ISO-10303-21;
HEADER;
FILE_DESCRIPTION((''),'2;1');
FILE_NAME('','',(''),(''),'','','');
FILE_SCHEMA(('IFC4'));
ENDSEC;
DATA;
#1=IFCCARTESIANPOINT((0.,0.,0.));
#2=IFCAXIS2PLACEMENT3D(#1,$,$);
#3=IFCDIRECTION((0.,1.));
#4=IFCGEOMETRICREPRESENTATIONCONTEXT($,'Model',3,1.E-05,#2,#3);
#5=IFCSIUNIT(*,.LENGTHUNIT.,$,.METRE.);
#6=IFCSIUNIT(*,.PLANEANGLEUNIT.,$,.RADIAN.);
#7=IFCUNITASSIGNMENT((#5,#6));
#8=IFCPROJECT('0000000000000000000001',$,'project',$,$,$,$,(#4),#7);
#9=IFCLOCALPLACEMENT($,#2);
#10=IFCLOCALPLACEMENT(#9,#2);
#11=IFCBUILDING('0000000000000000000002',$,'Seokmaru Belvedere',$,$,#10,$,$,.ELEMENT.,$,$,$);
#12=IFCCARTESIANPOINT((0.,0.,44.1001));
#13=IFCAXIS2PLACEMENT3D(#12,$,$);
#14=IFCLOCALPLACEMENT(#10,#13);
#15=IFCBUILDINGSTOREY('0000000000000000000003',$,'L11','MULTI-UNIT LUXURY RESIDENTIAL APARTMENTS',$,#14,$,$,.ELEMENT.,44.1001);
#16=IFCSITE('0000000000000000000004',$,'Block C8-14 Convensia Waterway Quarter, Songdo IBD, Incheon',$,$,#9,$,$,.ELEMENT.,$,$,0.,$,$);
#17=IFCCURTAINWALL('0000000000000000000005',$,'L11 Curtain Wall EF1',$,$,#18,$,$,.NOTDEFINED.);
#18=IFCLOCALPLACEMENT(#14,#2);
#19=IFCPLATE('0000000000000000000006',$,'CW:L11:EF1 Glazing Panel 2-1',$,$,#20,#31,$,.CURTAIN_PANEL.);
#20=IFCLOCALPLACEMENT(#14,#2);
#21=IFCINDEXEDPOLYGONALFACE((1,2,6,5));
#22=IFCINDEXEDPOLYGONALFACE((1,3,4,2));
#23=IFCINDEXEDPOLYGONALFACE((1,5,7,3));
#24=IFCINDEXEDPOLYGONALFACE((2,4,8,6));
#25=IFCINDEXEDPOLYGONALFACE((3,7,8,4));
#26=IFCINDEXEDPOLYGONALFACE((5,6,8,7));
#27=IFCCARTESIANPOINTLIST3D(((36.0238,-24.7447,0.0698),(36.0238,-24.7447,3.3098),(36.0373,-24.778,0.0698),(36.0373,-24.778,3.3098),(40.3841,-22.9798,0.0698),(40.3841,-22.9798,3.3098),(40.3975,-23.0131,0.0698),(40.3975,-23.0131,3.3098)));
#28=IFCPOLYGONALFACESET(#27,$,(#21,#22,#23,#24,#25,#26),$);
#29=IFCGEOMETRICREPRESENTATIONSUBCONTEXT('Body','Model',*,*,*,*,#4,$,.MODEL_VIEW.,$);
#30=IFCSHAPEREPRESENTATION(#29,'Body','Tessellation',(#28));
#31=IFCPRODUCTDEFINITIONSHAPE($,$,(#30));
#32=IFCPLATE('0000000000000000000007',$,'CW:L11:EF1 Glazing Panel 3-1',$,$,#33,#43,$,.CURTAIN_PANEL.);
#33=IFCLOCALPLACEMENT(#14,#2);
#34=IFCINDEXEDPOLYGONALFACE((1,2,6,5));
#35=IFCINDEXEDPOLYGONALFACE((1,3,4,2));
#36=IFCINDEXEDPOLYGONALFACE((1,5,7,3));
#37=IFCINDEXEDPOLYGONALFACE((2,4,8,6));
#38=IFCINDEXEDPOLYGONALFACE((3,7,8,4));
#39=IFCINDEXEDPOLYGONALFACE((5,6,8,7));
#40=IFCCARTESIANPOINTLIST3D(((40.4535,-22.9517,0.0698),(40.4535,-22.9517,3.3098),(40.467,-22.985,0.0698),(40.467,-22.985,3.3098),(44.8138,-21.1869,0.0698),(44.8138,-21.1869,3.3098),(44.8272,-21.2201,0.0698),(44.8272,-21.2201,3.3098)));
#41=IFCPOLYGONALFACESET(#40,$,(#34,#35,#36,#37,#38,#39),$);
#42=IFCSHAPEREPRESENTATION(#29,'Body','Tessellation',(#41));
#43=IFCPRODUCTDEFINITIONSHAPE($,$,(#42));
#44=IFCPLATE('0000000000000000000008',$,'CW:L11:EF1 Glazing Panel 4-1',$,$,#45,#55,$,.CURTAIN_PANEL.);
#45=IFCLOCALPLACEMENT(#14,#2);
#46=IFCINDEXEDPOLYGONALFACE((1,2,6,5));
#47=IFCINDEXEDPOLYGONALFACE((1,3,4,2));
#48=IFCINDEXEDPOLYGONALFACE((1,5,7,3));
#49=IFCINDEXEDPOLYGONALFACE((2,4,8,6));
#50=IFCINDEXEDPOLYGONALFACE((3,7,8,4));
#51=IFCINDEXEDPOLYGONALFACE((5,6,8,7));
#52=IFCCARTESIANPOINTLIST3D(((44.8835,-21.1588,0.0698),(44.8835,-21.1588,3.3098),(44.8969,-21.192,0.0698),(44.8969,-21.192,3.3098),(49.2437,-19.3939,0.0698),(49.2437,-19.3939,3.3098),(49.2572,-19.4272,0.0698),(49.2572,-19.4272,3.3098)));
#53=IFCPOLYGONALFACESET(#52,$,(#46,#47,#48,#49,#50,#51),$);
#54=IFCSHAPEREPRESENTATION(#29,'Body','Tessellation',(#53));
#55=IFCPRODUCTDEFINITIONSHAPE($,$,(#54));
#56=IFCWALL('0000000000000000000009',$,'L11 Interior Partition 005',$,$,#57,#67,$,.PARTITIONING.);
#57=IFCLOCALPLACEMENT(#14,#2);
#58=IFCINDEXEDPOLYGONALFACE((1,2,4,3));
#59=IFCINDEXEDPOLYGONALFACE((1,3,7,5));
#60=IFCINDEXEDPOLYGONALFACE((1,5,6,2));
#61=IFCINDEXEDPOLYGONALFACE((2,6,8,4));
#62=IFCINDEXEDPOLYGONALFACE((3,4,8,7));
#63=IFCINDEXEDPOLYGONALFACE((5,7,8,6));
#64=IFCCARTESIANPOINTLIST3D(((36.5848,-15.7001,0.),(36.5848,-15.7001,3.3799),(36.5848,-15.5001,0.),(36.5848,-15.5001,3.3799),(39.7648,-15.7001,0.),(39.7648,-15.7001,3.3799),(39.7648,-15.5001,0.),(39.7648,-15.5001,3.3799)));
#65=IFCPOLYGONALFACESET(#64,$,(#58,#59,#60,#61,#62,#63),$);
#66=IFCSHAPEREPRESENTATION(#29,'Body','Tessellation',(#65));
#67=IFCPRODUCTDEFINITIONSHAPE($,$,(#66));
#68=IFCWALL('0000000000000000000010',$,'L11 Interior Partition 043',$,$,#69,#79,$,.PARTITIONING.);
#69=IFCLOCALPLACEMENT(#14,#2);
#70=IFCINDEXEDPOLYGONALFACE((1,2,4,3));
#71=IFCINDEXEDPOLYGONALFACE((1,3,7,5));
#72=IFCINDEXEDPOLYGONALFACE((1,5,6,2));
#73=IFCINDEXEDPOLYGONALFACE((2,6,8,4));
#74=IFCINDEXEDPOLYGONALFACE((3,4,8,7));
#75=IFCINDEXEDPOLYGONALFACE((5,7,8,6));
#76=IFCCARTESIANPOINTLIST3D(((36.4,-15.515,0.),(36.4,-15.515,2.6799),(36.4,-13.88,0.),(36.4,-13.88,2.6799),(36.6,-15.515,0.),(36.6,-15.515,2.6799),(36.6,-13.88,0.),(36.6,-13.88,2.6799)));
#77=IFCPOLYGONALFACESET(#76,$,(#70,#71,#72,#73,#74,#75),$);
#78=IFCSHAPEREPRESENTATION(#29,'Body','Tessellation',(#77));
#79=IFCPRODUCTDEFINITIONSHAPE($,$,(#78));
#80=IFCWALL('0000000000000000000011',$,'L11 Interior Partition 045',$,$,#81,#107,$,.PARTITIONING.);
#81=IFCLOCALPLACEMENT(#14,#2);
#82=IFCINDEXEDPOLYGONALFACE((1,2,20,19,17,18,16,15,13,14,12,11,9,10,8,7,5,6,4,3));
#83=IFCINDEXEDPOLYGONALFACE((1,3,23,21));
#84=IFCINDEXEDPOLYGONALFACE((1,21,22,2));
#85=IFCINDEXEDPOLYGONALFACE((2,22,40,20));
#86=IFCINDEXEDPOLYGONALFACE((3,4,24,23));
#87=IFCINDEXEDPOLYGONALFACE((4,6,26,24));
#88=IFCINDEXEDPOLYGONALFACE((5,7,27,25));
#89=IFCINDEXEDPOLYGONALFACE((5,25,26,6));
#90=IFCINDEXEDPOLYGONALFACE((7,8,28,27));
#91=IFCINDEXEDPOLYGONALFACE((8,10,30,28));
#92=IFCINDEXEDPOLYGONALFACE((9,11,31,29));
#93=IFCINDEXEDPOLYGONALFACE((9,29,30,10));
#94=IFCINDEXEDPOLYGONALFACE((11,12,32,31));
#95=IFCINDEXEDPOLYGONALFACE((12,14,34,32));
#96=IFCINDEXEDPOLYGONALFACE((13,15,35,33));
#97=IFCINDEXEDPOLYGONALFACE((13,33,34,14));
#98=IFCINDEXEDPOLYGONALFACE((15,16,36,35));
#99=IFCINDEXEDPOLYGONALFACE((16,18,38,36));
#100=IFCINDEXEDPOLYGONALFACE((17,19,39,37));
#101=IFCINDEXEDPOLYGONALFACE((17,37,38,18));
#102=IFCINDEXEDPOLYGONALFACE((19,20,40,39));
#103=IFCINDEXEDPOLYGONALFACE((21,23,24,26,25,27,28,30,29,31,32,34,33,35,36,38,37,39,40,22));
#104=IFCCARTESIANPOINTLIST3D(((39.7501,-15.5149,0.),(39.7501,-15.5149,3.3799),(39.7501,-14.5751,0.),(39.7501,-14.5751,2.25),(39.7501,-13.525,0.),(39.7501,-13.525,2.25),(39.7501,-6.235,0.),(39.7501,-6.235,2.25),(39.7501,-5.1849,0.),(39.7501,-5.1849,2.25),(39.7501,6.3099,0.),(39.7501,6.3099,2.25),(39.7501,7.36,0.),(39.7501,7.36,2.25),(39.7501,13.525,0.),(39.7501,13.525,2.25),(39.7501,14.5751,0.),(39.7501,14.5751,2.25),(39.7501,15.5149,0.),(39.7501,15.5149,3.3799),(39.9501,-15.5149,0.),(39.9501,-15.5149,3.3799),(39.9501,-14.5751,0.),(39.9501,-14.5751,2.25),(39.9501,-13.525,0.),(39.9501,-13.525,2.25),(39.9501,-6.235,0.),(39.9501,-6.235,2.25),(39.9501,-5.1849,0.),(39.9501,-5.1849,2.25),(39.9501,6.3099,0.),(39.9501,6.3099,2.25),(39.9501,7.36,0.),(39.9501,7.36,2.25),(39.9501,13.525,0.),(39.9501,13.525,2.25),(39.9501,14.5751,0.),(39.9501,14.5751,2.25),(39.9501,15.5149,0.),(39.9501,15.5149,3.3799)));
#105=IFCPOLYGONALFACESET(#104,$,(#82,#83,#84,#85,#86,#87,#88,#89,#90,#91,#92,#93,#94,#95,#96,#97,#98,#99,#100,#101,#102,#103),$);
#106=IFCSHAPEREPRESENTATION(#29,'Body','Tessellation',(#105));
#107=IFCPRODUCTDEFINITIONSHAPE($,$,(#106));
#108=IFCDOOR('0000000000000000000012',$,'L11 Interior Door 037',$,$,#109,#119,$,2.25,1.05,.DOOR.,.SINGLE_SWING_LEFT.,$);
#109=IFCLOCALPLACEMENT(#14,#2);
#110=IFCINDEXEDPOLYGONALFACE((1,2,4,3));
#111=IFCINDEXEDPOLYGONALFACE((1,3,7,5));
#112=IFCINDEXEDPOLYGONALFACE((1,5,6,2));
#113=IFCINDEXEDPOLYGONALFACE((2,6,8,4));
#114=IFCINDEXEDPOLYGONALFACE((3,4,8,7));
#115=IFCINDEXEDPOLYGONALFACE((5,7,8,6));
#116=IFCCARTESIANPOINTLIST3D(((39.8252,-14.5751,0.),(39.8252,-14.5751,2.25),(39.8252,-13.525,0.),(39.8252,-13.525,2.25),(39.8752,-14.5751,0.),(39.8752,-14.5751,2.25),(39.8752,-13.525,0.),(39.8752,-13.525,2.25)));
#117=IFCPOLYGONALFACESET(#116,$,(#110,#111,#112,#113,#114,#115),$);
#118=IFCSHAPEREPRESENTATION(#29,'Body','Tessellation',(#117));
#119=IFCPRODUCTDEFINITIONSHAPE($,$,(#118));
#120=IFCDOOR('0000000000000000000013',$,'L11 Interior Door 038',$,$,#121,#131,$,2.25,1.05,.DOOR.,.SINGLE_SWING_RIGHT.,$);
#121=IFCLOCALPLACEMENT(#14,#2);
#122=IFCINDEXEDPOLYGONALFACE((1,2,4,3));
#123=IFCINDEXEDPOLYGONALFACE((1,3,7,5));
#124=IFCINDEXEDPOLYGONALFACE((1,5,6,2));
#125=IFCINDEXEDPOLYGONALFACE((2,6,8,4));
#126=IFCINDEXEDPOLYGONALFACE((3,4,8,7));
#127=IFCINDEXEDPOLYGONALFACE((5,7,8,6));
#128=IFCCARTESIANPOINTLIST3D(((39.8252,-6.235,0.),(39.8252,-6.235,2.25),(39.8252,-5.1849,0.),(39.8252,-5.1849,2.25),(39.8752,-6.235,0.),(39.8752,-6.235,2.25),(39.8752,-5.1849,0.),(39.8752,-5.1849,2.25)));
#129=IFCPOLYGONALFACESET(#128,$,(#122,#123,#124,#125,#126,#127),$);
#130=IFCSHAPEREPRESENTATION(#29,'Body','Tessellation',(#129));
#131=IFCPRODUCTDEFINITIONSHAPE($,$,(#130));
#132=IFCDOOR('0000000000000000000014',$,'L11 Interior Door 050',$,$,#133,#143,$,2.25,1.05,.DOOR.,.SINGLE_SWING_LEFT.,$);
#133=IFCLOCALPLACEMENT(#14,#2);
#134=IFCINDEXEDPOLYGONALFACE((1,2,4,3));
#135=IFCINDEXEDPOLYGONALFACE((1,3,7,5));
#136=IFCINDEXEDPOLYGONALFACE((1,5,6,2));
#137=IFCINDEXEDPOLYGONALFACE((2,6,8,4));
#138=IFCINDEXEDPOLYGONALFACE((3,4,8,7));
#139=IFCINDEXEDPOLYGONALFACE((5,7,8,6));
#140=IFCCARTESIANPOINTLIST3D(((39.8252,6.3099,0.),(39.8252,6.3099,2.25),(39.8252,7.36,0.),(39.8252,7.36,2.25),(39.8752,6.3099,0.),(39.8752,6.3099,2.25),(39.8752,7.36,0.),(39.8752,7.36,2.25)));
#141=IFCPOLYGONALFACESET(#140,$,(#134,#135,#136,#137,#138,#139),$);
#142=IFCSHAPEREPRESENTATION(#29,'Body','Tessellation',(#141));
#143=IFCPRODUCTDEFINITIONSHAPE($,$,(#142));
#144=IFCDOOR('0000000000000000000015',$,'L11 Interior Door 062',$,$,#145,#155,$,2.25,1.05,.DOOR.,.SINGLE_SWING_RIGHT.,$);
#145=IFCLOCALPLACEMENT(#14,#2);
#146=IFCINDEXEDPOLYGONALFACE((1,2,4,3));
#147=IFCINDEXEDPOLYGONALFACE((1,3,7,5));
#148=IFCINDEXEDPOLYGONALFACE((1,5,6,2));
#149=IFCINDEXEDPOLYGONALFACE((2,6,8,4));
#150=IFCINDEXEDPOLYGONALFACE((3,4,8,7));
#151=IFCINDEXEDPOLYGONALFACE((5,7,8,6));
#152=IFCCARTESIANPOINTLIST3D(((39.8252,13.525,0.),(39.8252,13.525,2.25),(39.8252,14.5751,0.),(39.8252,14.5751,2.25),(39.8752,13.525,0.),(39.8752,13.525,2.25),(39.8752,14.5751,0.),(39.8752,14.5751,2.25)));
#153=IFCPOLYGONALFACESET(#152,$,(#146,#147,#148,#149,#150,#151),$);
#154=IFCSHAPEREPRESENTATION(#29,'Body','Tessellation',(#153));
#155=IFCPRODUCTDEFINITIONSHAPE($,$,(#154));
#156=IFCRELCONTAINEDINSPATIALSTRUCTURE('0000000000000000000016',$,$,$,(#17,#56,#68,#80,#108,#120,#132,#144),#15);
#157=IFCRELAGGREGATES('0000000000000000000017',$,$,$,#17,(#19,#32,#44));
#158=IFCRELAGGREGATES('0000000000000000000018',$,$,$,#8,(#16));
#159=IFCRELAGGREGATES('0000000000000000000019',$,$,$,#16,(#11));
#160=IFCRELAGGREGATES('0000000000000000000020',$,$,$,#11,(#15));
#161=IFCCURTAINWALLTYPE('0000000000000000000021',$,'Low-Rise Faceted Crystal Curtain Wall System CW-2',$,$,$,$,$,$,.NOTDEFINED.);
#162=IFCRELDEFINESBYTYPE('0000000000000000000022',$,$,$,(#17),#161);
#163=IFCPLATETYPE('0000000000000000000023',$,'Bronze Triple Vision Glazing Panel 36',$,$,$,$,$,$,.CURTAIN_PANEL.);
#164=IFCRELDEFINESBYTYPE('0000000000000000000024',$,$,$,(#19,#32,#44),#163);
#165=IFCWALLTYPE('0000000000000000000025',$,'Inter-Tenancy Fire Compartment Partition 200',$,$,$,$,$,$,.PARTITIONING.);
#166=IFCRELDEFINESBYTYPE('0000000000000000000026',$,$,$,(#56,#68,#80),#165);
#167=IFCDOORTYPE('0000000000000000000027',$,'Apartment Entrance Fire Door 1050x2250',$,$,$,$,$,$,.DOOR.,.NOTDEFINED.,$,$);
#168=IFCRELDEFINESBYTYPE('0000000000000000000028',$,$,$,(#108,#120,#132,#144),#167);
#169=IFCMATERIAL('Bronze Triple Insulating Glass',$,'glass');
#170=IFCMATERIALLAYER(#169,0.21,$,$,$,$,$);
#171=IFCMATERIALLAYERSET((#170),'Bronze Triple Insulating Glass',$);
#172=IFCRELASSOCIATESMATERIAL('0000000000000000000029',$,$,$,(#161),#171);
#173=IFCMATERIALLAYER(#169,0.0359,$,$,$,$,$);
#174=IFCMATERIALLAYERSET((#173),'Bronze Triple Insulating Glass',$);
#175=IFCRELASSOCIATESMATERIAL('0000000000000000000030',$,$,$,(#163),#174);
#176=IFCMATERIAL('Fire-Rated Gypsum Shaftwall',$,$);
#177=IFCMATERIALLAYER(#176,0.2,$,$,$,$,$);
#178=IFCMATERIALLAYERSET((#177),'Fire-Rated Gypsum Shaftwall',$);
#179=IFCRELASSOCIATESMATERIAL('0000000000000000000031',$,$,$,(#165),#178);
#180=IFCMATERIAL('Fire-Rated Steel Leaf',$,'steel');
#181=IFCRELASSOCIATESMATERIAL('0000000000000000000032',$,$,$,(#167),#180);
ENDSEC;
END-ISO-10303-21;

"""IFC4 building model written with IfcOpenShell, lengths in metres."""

from ifc_helpers import new_model, si_unit, direction, frame, frame_2d, origin, origin_2d, place, context, subcontext, project, spatial, rectangle, extrude, source, transform, mapped, material, layer, layer_set, type_object, type_shapes, element, fill, aggregate, save


model = new_model("IFC4")

# Units and contexts
model_context = context("Model", 3, precision=1e-05, world=origin(), true_north=direction((0.0, 1.0)))
body_context = subcontext(model_context, "Body", "Model", "MODEL_VIEW")
ifc_project = project(units=[si_unit("LENGTHUNIT", "METRE"), si_unit("PLANEANGLEUNIT", "RADIAN")], contexts=[model_context])

# Site, building, storey
site_placement = place(None, origin())
site = spatial("IfcSite", under=ifc_project, at=site_placement, Name="Block C8-14 Convensia Waterway Quarter, Songdo IBD, Incheon", CompositionType="ELEMENT", RefElevation=0.0)
building_placement = place(site_placement, origin())
building = spatial("IfcBuilding", under=site, at=building_placement, Name="Seokmaru Belvedere", CompositionType="ELEMENT")
storey_placement = place(building_placement, frame((0.0, 0.0, 44.1001)))
storey = spatial("IfcBuildingStorey", under=building, at=storey_placement, Name="L11", Description="MULTI-UNIT LUXURY RESIDENTIAL APARTMENTS", CompositionType="ELEMENT", Elevation=44.1001)

# Curtain wall, plates
ifc_material_1 = material(Name="Bronze Triple Insulating Glass", Category="glass")
ifc_layer_1 = layer(ifc_material_1, 0.21)
ifc_layer_set_1 = layer_set([ifc_layer_1], Name="Bronze Triple Insulating Glass")
curtain_wall_type = type_object("IfcCurtainWallType", Name="Low-Rise Faceted Crystal Curtain Wall System CW-2", PredefinedType="NOTDEFINED", material=ifc_layer_set_1)
curtain_wall_placement = place(storey_placement, origin())
curtain_wall = element("IfcCurtainWall", 1, at=curtain_wall_placement, inside=storey, type_object=curtain_wall_type, Name="L11 Curtain Wall EF1", PredefinedType="NOTDEFINED")
ifc_layer_2 = layer(ifc_material_1, 0.0359)
ifc_layer_set_2 = layer_set([ifc_layer_2], Name="Bronze Triple Insulating Glass")
plate_type = type_object("IfcPlateType", Name="Bronze Triple Vision Glazing Panel 36", PredefinedType="CURTAIN_PANEL", material=ifc_layer_set_2)
shared_shape_1 = source(origin(), body_context, "Body", "SweptSolid", [
    extrude(rectangle(XDim=4.7039, YDim=0.0359, at=origin_2d()), origin(), (0.0, 0.0, 1.0), 3.24),
])
type_shapes(plate_type, [shared_shape_1])
plate_1_placement = place(storey_placement, frame((38.2107, -23.8789, 0.0698), z_axis=(0.0, 0.0, 1.0), x_axis=(0.926947, 0.375192, 0.0)))
plate_1 = element("IfcPlate", 2, at=plate_1_placement, type_object=plate_type, Name="CW:L11:EF1 Glazing Panel 2-1", PredefinedType="CURTAIN_PANEL", context=body_context, shape_type="MappedRepresentation", body=[
    mapped(shared_shape_1, transform((0.0, 0.0, 0.0), scale=1.0)),
])
plate_2_placement = place(storey_placement, frame((42.6404, -22.0859, 0.0698), z_axis=(0.0, 0.0, 1.0), x_axis=(0.926947, 0.375192, 0.0)))
plate_2 = element("IfcPlate", 3, at=plate_2_placement, type_object=plate_type, Name="CW:L11:EF1 Glazing Panel 3-1", PredefinedType="CURTAIN_PANEL", context=body_context, shape_type="MappedRepresentation", body=[
    mapped(shared_shape_1, transform((0.0, 0.0, 0.0), scale=1.0)),
])
plate_3_placement = place(storey_placement, frame((47.0703, -20.293, 0.0698), z_axis=(0.0, 0.0, 1.0), x_axis=(0.926947, 0.375192, 0.0)))
plate_3 = element("IfcPlate", 4, at=plate_3_placement, type_object=plate_type, Name="CW:L11:EF1 Glazing Panel 4-1", PredefinedType="CURTAIN_PANEL", context=body_context, shape_type="MappedRepresentation", body=[
    mapped(shared_shape_1, transform((0.0, 0.0, 0.0), scale=1.0)),
])
aggregate(curtain_wall, [plate_1, plate_2, plate_3])

# Walls
ifc_material_2 = material(Name="Fire-Rated Gypsum Shaftwall")
ifc_layer_3 = layer(ifc_material_2, 0.2)
ifc_layer_set_3 = layer_set([ifc_layer_3], Name="Fire-Rated Gypsum Shaftwall")
wall_type = type_object("IfcWallType", Name="Inter-Tenancy Fire Compartment Partition 200", PredefinedType="PARTITIONING", material=ifc_layer_set_3)
wall_1_placement = place(storey_placement, frame((36.585, -15.6001, 0.0), z_axis=(0.0, 0.0, 1.0), x_axis=(1.0, 0.0, 0.0)))
element("IfcWall", 5, at=wall_1_placement, inside=storey, type_object=wall_type, Name="L11 Interior Partition 005", PredefinedType="PARTITIONING", context=body_context, shape_type="SweptSolid", body=[
    extrude(rectangle(XDim=3.1799, YDim=0.2, at=frame_2d((1.5898, 0.0))), origin(), (0.0, 0.0, 1.0), 3.3799),
])
wall_2_placement = place(storey_placement, frame((36.5, -15.5149, 0.0), z_axis=(0.0, 0.0, 1.0), x_axis=(0.0, 1.0, 0.0)))
element("IfcWall", 6, at=wall_2_placement, inside=storey, type_object=wall_type, Name="L11 Interior Partition 043", PredefinedType="PARTITIONING", context=body_context, shape_type="SweptSolid", body=[
    extrude(rectangle(XDim=1.635, YDim=0.2, at=frame_2d((0.8174, 0.0))), origin(), (0.0, 0.0, 1.0), 2.6799),
])

# Wall, openings, doors
wall_3_placement = place(storey_placement, frame((39.8501, -15.5149, 0.0), z_axis=(0.0, 0.0, 1.0), x_axis=(0.0, 1.0, 0.0)))
wall_3 = element("IfcWall", 7, at=wall_3_placement, inside=storey, type_object=wall_type, Name="L11 Interior Partition 045", PredefinedType="PARTITIONING", context=body_context, shape_type="SweptSolid", body=[
    extrude(rectangle(XDim=31.0298, YDim=0.2, at=frame_2d((15.5149, 0.0))), origin(), (0.0, 0.0, 1.0), 3.3799),
])
opening_1_placement = place(wall_3_placement, frame((0.9399, 0.0, 0.0)))
opening_1 = element("IfcOpeningElement", 8, at=opening_1_placement, cuts=wall_3, PredefinedType="OPENING", context=body_context, shape_type="SweptSolid", body=[
    extrude(rectangle(XDim=1.05, YDim=2.25, at=frame_2d((0.5249, 1.125))), frame((0.0, 0.1099, 0.0), z_axis=(0.0, -1.0, 0.0), x_axis=(1.0, 0.0, 0.0)), (0.0, 0.0, 1.0), 0.22),
])
opening_2_placement = place(wall_3_placement, frame((9.28, 0.0, 0.0)))
opening_2 = element("IfcOpeningElement", 9, at=opening_2_placement, cuts=wall_3, PredefinedType="OPENING", context=body_context, shape_type="SweptSolid", body=[
    extrude(rectangle(XDim=1.05, YDim=2.25, at=frame_2d((0.5249, 1.125))), frame((0.0, 0.1099, 0.0), z_axis=(0.0, -1.0, 0.0), x_axis=(1.0, 0.0, 0.0)), (0.0, 0.0, 1.0), 0.22),
])
opening_3_placement = place(wall_3_placement, frame((21.825, 0.0, 0.0)))
opening_3 = element("IfcOpeningElement", 10, at=opening_3_placement, cuts=wall_3, PredefinedType="OPENING", context=body_context, shape_type="SweptSolid", body=[
    extrude(rectangle(XDim=1.05, YDim=2.25, at=frame_2d((0.5249, 1.125))), frame((0.0, 0.1099, 0.0), z_axis=(0.0, -1.0, 0.0), x_axis=(1.0, 0.0, 0.0)), (0.0, 0.0, 1.0), 0.22),
])
opening_4_placement = place(wall_3_placement, frame((29.04, 0.0, 0.0)))
opening_4 = element("IfcOpeningElement", 11, at=opening_4_placement, cuts=wall_3, PredefinedType="OPENING", context=body_context, shape_type="SweptSolid", body=[
    extrude(rectangle(XDim=1.05, YDim=2.25, at=frame_2d((0.5249, 1.125))), frame((0.0, 0.1099, 0.0), z_axis=(0.0, -1.0, 0.0), x_axis=(1.0, 0.0, 0.0)), (0.0, 0.0, 1.0), 0.22),
])
ifc_material_3 = material(Name="Fire-Rated Steel Leaf", Category="steel")
door_type = type_object("IfcDoorType", Name="Apartment Entrance Fire Door 1050x2250", OperationType="NOTDEFINED", PredefinedType="DOOR", material=ifc_material_3)
shared_shape_2 = source(origin(), body_context, "Body", "SweptSolid", [
    extrude(rectangle(XDim=1.05, YDim=2.25, at=frame_2d((0.5249, 1.125))), frame((0.0, 0.0249, 0.0), z_axis=(0.0, -1.0, 0.0), x_axis=(1.0, 0.0, 0.0)), (0.0, 0.0, 1.0), 0.05),
])
type_shapes(door_type, [shared_shape_2])
door_1_placement = place(opening_1_placement, origin())
door_1 = element("IfcDoor", 12, at=door_1_placement, inside=storey, type_object=door_type, Name="L11 Interior Door 037", OperationType="SINGLE_SWING_LEFT", OverallHeight=2.25, OverallWidth=1.05, PredefinedType="DOOR", context=body_context, shape_type="MappedRepresentation", body=[
    mapped(shared_shape_2, transform((0.0, 0.0, 0.0), scale=1.0)),
])
fill(opening_1, door_1)
door_2_placement = place(opening_2_placement, origin())
door_2 = element("IfcDoor", 13, at=door_2_placement, inside=storey, type_object=door_type, Name="L11 Interior Door 038", OperationType="SINGLE_SWING_RIGHT", OverallHeight=2.25, OverallWidth=1.05, PredefinedType="DOOR", context=body_context, shape_type="MappedRepresentation", body=[
    mapped(shared_shape_2, transform((0.0, 0.0, 0.0), scale=1.0)),
])
fill(opening_2, door_2)
door_3_placement = place(opening_3_placement, origin())
door_3 = element("IfcDoor", 14, at=door_3_placement, inside=storey, type_object=door_type, Name="L11 Interior Door 050", OperationType="SINGLE_SWING_LEFT", OverallHeight=2.25, OverallWidth=1.05, PredefinedType="DOOR", context=body_context, shape_type="MappedRepresentation", body=[
    mapped(shared_shape_2, transform((0.0, 0.0, 0.0), scale=1.0)),
])
fill(opening_3, door_3)
door_4_placement = place(opening_4_placement, origin())
door_4 = element("IfcDoor", 15, at=door_4_placement, inside=storey, type_object=door_type, Name="L11 Interior Door 062", OperationType="SINGLE_SWING_RIGHT", OverallHeight=2.25, OverallWidth=1.05, PredefinedType="DOOR", context=body_context, shape_type="MappedRepresentation", body=[
    mapped(shared_shape_2, transform((0.0, 0.0, 0.0), scale=1.0)),
])
fill(opening_4, door_4)

save(model, "model.ifc")
